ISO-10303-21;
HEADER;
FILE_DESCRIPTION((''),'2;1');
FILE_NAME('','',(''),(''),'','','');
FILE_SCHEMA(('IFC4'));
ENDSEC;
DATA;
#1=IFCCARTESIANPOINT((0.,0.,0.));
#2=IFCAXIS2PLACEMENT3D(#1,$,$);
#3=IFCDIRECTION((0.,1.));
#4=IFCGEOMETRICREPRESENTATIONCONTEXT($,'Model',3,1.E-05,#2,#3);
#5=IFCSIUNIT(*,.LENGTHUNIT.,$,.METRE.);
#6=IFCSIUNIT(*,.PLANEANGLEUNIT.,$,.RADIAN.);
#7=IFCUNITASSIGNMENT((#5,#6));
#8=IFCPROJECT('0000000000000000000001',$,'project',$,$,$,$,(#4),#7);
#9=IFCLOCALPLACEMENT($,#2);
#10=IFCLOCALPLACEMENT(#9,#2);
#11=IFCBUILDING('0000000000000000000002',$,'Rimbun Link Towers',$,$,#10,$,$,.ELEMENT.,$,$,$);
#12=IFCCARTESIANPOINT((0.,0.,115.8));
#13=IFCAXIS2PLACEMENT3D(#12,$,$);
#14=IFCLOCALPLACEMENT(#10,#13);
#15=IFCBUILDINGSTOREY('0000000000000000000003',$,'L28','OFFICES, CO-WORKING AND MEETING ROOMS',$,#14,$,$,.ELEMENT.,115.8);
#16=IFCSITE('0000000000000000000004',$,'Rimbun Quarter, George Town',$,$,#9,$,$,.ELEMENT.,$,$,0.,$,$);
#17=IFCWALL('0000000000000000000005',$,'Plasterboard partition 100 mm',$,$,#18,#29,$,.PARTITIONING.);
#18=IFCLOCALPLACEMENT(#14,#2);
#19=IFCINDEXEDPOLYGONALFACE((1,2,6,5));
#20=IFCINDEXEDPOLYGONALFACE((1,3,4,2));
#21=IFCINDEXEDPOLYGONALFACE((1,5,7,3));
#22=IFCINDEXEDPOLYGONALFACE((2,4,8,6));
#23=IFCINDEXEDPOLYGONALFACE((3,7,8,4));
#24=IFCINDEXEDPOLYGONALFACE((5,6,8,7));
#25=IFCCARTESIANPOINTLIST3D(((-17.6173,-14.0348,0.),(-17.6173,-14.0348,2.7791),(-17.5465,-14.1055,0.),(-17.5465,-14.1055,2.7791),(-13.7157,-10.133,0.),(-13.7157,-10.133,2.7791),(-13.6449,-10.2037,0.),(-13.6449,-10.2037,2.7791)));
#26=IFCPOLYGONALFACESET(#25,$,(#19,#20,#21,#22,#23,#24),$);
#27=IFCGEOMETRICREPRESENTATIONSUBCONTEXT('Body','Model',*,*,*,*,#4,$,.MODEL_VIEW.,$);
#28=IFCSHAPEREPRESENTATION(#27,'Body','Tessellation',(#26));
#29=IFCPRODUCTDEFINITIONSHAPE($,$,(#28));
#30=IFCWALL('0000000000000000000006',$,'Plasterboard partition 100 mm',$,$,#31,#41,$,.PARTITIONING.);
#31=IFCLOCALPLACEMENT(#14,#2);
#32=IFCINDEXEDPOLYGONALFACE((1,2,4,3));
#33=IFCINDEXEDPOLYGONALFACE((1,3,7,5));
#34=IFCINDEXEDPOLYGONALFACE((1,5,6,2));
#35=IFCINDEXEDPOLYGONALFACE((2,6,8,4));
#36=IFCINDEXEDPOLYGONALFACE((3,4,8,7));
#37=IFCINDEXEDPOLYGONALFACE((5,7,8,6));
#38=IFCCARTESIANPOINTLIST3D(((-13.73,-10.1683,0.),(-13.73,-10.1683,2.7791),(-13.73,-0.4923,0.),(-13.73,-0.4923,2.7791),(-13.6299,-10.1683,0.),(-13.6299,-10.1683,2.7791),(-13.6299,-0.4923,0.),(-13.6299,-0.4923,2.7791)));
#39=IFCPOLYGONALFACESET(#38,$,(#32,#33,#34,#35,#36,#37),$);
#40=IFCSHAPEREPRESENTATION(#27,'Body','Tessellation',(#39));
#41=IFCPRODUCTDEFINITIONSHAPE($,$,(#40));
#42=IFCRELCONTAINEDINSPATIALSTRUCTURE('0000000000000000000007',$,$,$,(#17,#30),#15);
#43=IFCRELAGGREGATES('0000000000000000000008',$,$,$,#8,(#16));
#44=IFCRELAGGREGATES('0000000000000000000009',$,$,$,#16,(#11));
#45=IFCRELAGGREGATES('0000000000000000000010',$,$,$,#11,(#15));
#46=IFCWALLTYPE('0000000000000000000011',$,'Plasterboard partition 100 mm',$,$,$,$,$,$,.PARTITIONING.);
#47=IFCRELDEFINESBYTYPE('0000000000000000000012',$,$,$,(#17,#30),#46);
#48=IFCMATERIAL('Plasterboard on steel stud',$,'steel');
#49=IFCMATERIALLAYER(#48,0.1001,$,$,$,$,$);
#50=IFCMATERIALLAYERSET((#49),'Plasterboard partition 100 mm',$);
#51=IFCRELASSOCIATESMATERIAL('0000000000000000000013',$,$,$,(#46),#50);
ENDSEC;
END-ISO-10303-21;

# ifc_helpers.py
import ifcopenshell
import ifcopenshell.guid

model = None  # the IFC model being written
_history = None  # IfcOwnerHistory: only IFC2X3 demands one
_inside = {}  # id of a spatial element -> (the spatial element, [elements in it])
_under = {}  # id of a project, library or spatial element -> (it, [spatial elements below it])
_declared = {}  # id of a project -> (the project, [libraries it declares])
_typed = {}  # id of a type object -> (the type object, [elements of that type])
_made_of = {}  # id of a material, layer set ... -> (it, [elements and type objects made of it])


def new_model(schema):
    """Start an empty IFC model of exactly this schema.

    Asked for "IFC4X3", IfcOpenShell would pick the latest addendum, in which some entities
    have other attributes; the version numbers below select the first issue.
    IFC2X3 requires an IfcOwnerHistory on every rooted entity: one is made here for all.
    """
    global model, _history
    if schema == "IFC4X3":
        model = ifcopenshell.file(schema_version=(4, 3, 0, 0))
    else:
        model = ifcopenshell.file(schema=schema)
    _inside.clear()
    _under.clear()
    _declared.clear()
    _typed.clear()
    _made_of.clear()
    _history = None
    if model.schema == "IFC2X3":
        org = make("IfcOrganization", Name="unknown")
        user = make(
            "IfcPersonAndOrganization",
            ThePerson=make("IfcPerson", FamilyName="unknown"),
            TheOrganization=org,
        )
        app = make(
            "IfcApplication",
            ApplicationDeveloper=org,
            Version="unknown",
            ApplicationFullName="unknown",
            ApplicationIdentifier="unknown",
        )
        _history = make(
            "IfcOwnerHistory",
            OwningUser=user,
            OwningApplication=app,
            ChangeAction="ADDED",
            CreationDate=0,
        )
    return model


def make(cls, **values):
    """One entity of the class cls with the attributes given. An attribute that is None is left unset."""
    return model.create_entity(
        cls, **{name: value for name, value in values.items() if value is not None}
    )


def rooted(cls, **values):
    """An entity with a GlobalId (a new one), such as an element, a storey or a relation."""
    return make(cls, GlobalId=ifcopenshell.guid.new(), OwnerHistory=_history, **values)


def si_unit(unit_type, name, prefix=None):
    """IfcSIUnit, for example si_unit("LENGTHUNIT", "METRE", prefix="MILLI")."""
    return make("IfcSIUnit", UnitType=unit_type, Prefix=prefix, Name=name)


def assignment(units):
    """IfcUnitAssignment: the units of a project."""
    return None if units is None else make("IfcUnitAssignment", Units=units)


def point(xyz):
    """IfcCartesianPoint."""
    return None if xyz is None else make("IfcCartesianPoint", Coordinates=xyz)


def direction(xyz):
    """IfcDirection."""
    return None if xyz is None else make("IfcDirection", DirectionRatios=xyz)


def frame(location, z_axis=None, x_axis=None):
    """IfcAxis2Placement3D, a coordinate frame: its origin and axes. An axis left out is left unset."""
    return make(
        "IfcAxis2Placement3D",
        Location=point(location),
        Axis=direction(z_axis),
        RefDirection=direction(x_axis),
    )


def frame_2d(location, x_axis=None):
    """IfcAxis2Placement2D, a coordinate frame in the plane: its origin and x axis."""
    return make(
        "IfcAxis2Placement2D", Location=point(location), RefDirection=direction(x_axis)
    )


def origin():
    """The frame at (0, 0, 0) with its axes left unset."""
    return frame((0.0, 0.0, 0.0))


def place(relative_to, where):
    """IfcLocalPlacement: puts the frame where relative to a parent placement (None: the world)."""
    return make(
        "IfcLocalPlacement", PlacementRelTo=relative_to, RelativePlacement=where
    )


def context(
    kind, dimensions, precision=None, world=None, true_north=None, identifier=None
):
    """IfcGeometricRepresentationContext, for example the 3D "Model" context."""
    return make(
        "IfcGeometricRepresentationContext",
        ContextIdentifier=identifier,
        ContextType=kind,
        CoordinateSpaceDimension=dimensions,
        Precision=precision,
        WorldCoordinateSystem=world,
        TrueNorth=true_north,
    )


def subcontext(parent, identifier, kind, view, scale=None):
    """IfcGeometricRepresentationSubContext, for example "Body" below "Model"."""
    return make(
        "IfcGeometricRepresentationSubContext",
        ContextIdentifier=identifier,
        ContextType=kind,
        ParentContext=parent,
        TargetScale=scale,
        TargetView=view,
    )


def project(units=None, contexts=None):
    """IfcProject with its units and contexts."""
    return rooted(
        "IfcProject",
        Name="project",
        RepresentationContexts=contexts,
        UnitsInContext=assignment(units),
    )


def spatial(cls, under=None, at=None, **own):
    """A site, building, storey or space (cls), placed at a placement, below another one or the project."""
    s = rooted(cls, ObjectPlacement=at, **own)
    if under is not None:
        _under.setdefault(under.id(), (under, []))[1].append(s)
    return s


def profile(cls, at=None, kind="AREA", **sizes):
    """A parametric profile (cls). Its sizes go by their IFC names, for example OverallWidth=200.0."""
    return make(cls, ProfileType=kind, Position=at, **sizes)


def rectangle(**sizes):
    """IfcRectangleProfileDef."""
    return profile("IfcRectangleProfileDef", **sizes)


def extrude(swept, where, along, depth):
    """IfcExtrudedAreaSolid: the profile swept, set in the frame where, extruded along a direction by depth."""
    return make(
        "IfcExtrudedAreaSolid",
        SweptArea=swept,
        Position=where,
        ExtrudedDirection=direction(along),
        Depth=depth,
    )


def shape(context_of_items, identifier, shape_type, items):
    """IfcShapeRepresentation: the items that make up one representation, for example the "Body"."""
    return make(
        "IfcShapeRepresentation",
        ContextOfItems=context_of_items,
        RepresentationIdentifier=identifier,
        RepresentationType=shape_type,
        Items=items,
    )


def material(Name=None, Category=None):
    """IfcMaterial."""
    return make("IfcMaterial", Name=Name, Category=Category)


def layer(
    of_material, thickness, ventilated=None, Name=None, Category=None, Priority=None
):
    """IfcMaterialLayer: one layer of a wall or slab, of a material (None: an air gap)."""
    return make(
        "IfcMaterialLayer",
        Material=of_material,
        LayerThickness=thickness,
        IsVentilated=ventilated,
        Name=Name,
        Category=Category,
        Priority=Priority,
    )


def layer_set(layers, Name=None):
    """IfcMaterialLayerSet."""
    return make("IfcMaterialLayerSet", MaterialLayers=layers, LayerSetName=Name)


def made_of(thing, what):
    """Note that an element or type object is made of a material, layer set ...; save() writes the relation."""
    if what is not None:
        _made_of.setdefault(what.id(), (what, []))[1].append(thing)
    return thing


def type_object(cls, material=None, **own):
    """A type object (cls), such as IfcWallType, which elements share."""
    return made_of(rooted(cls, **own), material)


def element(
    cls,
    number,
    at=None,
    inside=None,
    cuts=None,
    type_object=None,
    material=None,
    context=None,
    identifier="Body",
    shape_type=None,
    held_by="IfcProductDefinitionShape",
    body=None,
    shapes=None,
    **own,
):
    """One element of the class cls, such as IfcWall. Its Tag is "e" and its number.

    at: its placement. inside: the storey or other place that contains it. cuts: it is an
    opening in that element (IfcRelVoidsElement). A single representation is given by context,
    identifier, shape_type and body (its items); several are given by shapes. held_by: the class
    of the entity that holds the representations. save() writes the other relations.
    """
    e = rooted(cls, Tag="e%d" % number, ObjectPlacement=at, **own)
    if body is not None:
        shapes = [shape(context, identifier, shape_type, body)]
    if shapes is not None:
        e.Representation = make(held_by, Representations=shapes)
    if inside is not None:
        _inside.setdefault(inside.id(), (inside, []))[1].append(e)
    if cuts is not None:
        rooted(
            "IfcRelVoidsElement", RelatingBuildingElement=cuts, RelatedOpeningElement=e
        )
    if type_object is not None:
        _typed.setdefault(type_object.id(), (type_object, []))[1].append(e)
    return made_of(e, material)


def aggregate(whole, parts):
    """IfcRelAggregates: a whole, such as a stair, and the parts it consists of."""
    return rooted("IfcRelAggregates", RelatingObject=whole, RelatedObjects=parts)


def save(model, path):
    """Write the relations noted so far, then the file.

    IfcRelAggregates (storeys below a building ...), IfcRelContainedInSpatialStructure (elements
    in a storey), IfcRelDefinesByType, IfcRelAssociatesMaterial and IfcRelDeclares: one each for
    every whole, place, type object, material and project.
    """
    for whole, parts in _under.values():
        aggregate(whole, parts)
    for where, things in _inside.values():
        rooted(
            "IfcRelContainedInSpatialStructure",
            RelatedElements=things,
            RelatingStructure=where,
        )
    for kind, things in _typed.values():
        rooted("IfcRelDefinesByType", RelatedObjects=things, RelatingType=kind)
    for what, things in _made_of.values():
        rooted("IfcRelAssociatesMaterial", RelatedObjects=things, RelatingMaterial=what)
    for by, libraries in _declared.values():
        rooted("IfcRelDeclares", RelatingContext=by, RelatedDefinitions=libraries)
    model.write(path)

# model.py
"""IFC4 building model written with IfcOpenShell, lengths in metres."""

from ifc_helpers import new_model, si_unit, direction, frame, frame_2d, origin, place, context, subcontext, project, spatial, rectangle, extrude, material, layer, layer_set, type_object, element, save


model = new_model("IFC4")

# Units and contexts
model_context = context("Model", 3, precision=1e-05, world=origin(), true_north=direction((0.0, 1.0)))
body_context = subcontext(model_context, "Body", "Model", "MODEL_VIEW")
ifc_project = project(units=[si_unit("LENGTHUNIT", "METRE"), si_unit("PLANEANGLEUNIT", "RADIAN")], contexts=[model_context])

# Site, building, storey
site_placement = place(None, origin())
site = spatial("IfcSite", under=ifc_project, at=site_placement, Name="Rimbun Quarter, George Town", CompositionType="ELEMENT", RefElevation=0.0)
building_placement = place(site_placement, origin())
building = spatial("IfcBuilding", under=site, at=building_placement, Name="Rimbun Link Towers", CompositionType="ELEMENT")
storey_placement = place(building_placement, frame((0.0, 0.0, 115.8)))
storey = spatial("IfcBuildingStorey", under=building, at=storey_placement, Name="L28", Description="OFFICES, CO-WORKING AND MEETING ROOMS", CompositionType="ELEMENT", Elevation=115.8)

# Shared definitions
ifc_material_1 = material(Name="Plasterboard on steel stud", Category="steel")
ifc_layer_1 = layer(ifc_material_1, 0.1001)
ifc_layer_set_1 = layer_set([ifc_layer_1], Name="Plasterboard partition 100 mm")
wall_type_1 = type_object("IfcWallType", Name="Plasterboard partition 100 mm", PredefinedType="PARTITIONING", material=ifc_layer_set_1)

# Walls
wall_1_placement = place(storey_placement, frame((-17.5818, -14.0701, 0.0), z_axis=(0.0, 0.0, 1.0), x_axis=(0.707085, 0.707129, 0.0)))
element("IfcWall", 1, at=wall_1_placement, inside=storey, type_object=wall_type_1, Name="Plasterboard partition 100 mm", PredefinedType="PARTITIONING", context=body_context, shape_type="SweptSolid", body=[
    extrude(rectangle(XDim=5.5178, YDim=0.1001, at=frame_2d((2.7588, 0.0))), origin(), (0.0, 0.0, 1.0), 2.7791),
])
wall_2_placement = place(storey_placement, frame((-13.6799, -10.1682, 0.0), z_axis=(0.0, 0.0, 1.0), x_axis=(0.0, 1.0, 0.0)))
element("IfcWall", 2, at=wall_2_placement, inside=storey, type_object=wall_type_1, Name="Plasterboard partition 100 mm", PredefinedType="PARTITIONING", context=body_context, shape_type="SweptSolid", body=[
    extrude(rectangle(XDim=9.676, YDim=0.1001, at=frame_2d((4.8379, 0.0))), origin(), (0.0, 0.0, 1.0), 2.7791),
])

save(model, "model.ifc")
